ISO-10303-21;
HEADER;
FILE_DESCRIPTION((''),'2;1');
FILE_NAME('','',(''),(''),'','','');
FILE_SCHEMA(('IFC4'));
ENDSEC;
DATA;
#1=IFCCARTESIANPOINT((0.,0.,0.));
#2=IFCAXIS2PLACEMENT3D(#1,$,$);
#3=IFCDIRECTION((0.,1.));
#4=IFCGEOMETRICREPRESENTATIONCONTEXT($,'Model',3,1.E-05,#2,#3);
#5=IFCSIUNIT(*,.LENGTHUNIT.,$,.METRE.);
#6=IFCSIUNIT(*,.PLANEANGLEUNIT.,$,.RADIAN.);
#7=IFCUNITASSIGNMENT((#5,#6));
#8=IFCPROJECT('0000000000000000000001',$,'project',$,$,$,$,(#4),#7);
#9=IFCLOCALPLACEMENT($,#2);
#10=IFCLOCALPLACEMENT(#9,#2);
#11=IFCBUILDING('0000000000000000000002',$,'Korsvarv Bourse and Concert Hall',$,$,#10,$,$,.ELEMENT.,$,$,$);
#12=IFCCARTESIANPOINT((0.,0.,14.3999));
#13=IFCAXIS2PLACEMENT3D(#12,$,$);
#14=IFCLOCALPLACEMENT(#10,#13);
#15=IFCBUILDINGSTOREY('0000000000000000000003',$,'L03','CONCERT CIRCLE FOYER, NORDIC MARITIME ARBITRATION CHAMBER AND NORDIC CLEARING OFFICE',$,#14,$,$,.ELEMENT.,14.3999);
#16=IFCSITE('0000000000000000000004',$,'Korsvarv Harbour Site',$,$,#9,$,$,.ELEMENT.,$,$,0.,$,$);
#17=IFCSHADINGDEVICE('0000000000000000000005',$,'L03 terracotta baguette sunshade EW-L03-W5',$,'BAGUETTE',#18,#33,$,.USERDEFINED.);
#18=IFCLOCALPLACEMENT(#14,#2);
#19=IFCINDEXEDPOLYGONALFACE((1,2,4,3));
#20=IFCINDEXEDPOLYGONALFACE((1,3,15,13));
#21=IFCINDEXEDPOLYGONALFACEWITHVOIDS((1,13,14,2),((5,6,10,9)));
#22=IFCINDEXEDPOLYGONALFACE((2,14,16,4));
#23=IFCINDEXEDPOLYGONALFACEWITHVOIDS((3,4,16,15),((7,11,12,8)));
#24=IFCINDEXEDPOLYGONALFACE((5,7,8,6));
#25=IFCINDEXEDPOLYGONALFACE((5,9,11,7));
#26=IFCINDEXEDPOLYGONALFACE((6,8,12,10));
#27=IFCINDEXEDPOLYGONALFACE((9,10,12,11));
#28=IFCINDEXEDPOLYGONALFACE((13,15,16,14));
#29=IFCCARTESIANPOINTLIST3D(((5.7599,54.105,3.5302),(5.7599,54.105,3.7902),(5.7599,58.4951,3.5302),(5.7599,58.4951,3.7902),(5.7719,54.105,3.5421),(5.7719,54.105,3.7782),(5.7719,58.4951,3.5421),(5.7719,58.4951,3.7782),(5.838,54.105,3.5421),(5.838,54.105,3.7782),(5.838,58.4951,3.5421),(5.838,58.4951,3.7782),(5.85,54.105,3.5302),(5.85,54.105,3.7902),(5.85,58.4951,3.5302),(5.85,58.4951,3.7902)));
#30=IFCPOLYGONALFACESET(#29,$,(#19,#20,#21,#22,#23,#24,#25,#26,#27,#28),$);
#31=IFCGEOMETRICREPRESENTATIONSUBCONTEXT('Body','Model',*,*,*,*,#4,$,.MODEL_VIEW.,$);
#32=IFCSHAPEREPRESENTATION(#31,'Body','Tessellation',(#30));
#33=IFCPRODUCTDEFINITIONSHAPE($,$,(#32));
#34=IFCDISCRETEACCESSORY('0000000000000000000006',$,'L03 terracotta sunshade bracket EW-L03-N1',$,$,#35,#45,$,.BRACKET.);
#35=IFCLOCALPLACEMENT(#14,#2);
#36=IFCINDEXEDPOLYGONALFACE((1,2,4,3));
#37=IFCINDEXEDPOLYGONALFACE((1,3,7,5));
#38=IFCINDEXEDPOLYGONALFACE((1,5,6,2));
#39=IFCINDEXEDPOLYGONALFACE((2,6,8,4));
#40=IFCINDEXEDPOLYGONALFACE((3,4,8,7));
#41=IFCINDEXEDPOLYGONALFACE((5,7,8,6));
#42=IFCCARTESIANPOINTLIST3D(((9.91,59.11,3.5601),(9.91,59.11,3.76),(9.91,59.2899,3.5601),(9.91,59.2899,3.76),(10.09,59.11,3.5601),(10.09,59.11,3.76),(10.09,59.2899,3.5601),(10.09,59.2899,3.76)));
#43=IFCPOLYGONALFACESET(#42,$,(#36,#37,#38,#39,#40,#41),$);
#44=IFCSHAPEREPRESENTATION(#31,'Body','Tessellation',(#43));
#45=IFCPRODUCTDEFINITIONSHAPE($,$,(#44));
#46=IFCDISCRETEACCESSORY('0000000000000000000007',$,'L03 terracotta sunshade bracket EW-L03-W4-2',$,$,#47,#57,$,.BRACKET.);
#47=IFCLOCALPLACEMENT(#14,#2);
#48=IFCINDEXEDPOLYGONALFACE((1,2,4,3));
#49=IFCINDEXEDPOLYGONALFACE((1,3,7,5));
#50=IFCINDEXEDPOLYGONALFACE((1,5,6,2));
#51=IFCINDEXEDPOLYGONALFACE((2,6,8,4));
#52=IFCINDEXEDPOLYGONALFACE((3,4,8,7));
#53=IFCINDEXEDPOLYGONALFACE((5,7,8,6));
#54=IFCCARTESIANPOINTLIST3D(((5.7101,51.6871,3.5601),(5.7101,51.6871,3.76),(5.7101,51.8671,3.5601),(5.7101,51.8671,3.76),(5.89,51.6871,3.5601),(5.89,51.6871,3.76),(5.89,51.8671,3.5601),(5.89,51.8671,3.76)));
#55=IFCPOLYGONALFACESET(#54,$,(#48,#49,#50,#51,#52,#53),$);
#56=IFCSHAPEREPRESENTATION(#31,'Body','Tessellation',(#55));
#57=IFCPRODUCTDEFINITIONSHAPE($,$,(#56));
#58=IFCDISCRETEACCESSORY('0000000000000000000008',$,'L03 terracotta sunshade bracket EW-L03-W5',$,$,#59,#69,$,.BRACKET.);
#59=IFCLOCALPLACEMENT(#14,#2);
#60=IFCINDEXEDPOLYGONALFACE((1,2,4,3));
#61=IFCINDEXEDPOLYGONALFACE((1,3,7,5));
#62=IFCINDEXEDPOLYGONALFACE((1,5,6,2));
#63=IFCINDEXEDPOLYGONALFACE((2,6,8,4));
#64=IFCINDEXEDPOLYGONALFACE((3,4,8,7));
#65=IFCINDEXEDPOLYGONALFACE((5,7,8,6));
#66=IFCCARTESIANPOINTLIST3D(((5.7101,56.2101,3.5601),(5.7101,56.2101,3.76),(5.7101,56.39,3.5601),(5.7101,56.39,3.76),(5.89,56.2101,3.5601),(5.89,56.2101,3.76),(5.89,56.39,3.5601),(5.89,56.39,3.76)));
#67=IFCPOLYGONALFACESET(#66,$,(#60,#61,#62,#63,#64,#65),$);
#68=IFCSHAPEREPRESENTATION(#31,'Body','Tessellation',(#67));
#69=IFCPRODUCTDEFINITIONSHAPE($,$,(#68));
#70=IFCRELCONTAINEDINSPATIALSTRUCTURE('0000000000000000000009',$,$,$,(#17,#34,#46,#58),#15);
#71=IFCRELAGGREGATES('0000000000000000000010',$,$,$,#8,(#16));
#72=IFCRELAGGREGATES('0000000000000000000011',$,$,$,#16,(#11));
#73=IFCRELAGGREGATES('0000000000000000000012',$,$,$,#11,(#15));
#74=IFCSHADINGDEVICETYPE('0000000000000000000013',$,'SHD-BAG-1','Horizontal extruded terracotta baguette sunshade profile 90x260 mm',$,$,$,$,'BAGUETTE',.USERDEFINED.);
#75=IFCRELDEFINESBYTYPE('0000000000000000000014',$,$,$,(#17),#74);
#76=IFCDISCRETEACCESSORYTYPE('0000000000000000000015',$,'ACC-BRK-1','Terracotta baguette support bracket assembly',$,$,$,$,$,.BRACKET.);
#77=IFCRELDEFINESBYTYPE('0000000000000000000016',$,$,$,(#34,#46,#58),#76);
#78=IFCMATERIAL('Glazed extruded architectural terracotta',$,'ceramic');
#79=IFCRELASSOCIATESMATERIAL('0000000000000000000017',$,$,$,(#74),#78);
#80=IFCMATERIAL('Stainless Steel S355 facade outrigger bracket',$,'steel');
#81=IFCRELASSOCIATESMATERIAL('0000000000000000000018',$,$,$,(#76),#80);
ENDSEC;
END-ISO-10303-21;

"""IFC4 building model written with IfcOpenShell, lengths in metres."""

from ifc_helpers import new_model, si_unit, direction, frame, origin, origin_2d, place, context, subcontext, project, spatial, rectangle, hollow_rectangle, extrude, source, transform, mapped, material, material_profile, profile_set, type_object, element, save


model = new_model("IFC4")

# Units and contexts
model_context = context("Model", 3, precision=1e-05, world=origin(), true_north=direction((0.0, 1.0)))
body_context = subcontext(model_context, "Body", "Model", "MODEL_VIEW")
ifc_project = project(units=[si_unit("LENGTHUNIT", "METRE"), si_unit("PLANEANGLEUNIT", "RADIAN")], contexts=[model_context])

# Site, building, storey
site_placement = place(None, origin())
site = spatial("IfcSite", under=ifc_project, at=site_placement, Name="Korsvarv Harbour Site", CompositionType="ELEMENT", RefElevation=0.0)
building_placement = place(site_placement, origin())
building = spatial("IfcBuilding", under=site, at=building_placement, Name="Korsvarv Bourse and Concert Hall", CompositionType="ELEMENT")
storey_placement = place(building_placement, frame((0.0, 0.0, 14.3999)))
storey = spatial("IfcBuildingStorey", under=building, at=storey_placement, Name="L03", Description="CONCERT CIRCLE FOYER, NORDIC MARITIME ARBITRATION CHAMBER AND NORDIC CLEARING OFFICE", CompositionType="ELEMENT", Elevation=14.3999)

# Shading device
ifc_material_1 = material(Name="Glazed extruded architectural terracotta", Category="ceramic")
ifc_material_profile_1 = material_profile(ifc_material_1, hollow_rectangle(XDim=0.0901, YDim=0.26, WallThickness=0.012, at=origin_2d()), Name="TC-BAG 90x260")
ifc_profile_set_1 = profile_set([ifc_material_profile_1], Name="Glazed extruded architectural terracotta")
shading_device_type = type_object("IfcShadingDeviceType", Name="SHD-BAG-1", Description="Horizontal extruded terracotta baguette sunshade profile 90x260 mm", ElementType="BAGUETTE", PredefinedType="USERDEFINED", material=ifc_profile_set_1)
shared_shape_1 = source(origin(), body_context, "Body", "SweptSolid", [
    extrude(hollow_rectangle(XDim=0.0901, YDim=0.26, WallThickness=0.012, at=origin_2d()), origin(), (0.0, 0.0, 1.0), 4.3901),
])
shading_device_1_placement = place(storey_placement, frame((5.8049, 54.105, 3.6602), z_axis=(0.0, 1.0, 0.0), x_axis=(-1.0, 0.0, 0.0)))
element("IfcShadingDevice", 1, at=shading_device_1_placement, inside=storey, type_object=shading_device_type, Name="L03 terracotta baguette sunshade EW-L03-W5", ObjectType="BAGUETTE", PredefinedType="USERDEFINED", context=body_context, shape_type="MappedRepresentation", body=[
    mapped(shared_shape_1, transform((0.0, 0.0, 0.0), scale=1.0)),
])

# Discrete accessories
ifc_material_2 = material(Name="Stainless Steel S355 facade outrigger bracket", Category="steel")
discrete_accessory_type = type_object("IfcDiscreteAccessoryType", Name="ACC-BRK-1", Description="Terracotta baguette support bracket assembly", PredefinedType="BRACKET", material=ifc_material_2)
shared_shape_2 = source(origin(), body_context, "Body", "SweptSolid", [
    extrude(rectangle(XDim=0.1799, YDim=0.1799, at=origin_2d()), origin(), (0.0, 0.0, 1.0), 0.2),
])
for number, where, z_axis, x_axis, name in (
    (2, (10.0, 59.2, 3.5601), (0.0, 0.0, 1.0), (1.0, 0.0, 0.0), "L03 terracotta sunshade bracket EW-L03-N1"),
    (3, (5.8, 51.7771, 3.5601), (0.0, 0.0, 1.0), (0.0, 1.0, 0.0), "L03 terracotta sunshade bracket EW-L03-W4-2"),
    (4, (5.8, 56.3, 3.5601), (0.0, 0.0, 1.0), (0.0, 1.0, 0.0), "L03 terracotta sunshade bracket EW-L03-W5"),
):
    element("IfcDiscreteAccessory", number, at=place(storey_placement, frame(where, z_axis=z_axis, x_axis=x_axis)), inside=storey, type_object=discrete_accessory_type, Name=name, PredefinedType="BRACKET", context=body_context, shape_type="MappedRepresentation", body=[
        mapped(shared_shape_2, transform((0.0, 0.0, 0.0), scale=1.0)),
    ])

save(model, "model.ifc")
